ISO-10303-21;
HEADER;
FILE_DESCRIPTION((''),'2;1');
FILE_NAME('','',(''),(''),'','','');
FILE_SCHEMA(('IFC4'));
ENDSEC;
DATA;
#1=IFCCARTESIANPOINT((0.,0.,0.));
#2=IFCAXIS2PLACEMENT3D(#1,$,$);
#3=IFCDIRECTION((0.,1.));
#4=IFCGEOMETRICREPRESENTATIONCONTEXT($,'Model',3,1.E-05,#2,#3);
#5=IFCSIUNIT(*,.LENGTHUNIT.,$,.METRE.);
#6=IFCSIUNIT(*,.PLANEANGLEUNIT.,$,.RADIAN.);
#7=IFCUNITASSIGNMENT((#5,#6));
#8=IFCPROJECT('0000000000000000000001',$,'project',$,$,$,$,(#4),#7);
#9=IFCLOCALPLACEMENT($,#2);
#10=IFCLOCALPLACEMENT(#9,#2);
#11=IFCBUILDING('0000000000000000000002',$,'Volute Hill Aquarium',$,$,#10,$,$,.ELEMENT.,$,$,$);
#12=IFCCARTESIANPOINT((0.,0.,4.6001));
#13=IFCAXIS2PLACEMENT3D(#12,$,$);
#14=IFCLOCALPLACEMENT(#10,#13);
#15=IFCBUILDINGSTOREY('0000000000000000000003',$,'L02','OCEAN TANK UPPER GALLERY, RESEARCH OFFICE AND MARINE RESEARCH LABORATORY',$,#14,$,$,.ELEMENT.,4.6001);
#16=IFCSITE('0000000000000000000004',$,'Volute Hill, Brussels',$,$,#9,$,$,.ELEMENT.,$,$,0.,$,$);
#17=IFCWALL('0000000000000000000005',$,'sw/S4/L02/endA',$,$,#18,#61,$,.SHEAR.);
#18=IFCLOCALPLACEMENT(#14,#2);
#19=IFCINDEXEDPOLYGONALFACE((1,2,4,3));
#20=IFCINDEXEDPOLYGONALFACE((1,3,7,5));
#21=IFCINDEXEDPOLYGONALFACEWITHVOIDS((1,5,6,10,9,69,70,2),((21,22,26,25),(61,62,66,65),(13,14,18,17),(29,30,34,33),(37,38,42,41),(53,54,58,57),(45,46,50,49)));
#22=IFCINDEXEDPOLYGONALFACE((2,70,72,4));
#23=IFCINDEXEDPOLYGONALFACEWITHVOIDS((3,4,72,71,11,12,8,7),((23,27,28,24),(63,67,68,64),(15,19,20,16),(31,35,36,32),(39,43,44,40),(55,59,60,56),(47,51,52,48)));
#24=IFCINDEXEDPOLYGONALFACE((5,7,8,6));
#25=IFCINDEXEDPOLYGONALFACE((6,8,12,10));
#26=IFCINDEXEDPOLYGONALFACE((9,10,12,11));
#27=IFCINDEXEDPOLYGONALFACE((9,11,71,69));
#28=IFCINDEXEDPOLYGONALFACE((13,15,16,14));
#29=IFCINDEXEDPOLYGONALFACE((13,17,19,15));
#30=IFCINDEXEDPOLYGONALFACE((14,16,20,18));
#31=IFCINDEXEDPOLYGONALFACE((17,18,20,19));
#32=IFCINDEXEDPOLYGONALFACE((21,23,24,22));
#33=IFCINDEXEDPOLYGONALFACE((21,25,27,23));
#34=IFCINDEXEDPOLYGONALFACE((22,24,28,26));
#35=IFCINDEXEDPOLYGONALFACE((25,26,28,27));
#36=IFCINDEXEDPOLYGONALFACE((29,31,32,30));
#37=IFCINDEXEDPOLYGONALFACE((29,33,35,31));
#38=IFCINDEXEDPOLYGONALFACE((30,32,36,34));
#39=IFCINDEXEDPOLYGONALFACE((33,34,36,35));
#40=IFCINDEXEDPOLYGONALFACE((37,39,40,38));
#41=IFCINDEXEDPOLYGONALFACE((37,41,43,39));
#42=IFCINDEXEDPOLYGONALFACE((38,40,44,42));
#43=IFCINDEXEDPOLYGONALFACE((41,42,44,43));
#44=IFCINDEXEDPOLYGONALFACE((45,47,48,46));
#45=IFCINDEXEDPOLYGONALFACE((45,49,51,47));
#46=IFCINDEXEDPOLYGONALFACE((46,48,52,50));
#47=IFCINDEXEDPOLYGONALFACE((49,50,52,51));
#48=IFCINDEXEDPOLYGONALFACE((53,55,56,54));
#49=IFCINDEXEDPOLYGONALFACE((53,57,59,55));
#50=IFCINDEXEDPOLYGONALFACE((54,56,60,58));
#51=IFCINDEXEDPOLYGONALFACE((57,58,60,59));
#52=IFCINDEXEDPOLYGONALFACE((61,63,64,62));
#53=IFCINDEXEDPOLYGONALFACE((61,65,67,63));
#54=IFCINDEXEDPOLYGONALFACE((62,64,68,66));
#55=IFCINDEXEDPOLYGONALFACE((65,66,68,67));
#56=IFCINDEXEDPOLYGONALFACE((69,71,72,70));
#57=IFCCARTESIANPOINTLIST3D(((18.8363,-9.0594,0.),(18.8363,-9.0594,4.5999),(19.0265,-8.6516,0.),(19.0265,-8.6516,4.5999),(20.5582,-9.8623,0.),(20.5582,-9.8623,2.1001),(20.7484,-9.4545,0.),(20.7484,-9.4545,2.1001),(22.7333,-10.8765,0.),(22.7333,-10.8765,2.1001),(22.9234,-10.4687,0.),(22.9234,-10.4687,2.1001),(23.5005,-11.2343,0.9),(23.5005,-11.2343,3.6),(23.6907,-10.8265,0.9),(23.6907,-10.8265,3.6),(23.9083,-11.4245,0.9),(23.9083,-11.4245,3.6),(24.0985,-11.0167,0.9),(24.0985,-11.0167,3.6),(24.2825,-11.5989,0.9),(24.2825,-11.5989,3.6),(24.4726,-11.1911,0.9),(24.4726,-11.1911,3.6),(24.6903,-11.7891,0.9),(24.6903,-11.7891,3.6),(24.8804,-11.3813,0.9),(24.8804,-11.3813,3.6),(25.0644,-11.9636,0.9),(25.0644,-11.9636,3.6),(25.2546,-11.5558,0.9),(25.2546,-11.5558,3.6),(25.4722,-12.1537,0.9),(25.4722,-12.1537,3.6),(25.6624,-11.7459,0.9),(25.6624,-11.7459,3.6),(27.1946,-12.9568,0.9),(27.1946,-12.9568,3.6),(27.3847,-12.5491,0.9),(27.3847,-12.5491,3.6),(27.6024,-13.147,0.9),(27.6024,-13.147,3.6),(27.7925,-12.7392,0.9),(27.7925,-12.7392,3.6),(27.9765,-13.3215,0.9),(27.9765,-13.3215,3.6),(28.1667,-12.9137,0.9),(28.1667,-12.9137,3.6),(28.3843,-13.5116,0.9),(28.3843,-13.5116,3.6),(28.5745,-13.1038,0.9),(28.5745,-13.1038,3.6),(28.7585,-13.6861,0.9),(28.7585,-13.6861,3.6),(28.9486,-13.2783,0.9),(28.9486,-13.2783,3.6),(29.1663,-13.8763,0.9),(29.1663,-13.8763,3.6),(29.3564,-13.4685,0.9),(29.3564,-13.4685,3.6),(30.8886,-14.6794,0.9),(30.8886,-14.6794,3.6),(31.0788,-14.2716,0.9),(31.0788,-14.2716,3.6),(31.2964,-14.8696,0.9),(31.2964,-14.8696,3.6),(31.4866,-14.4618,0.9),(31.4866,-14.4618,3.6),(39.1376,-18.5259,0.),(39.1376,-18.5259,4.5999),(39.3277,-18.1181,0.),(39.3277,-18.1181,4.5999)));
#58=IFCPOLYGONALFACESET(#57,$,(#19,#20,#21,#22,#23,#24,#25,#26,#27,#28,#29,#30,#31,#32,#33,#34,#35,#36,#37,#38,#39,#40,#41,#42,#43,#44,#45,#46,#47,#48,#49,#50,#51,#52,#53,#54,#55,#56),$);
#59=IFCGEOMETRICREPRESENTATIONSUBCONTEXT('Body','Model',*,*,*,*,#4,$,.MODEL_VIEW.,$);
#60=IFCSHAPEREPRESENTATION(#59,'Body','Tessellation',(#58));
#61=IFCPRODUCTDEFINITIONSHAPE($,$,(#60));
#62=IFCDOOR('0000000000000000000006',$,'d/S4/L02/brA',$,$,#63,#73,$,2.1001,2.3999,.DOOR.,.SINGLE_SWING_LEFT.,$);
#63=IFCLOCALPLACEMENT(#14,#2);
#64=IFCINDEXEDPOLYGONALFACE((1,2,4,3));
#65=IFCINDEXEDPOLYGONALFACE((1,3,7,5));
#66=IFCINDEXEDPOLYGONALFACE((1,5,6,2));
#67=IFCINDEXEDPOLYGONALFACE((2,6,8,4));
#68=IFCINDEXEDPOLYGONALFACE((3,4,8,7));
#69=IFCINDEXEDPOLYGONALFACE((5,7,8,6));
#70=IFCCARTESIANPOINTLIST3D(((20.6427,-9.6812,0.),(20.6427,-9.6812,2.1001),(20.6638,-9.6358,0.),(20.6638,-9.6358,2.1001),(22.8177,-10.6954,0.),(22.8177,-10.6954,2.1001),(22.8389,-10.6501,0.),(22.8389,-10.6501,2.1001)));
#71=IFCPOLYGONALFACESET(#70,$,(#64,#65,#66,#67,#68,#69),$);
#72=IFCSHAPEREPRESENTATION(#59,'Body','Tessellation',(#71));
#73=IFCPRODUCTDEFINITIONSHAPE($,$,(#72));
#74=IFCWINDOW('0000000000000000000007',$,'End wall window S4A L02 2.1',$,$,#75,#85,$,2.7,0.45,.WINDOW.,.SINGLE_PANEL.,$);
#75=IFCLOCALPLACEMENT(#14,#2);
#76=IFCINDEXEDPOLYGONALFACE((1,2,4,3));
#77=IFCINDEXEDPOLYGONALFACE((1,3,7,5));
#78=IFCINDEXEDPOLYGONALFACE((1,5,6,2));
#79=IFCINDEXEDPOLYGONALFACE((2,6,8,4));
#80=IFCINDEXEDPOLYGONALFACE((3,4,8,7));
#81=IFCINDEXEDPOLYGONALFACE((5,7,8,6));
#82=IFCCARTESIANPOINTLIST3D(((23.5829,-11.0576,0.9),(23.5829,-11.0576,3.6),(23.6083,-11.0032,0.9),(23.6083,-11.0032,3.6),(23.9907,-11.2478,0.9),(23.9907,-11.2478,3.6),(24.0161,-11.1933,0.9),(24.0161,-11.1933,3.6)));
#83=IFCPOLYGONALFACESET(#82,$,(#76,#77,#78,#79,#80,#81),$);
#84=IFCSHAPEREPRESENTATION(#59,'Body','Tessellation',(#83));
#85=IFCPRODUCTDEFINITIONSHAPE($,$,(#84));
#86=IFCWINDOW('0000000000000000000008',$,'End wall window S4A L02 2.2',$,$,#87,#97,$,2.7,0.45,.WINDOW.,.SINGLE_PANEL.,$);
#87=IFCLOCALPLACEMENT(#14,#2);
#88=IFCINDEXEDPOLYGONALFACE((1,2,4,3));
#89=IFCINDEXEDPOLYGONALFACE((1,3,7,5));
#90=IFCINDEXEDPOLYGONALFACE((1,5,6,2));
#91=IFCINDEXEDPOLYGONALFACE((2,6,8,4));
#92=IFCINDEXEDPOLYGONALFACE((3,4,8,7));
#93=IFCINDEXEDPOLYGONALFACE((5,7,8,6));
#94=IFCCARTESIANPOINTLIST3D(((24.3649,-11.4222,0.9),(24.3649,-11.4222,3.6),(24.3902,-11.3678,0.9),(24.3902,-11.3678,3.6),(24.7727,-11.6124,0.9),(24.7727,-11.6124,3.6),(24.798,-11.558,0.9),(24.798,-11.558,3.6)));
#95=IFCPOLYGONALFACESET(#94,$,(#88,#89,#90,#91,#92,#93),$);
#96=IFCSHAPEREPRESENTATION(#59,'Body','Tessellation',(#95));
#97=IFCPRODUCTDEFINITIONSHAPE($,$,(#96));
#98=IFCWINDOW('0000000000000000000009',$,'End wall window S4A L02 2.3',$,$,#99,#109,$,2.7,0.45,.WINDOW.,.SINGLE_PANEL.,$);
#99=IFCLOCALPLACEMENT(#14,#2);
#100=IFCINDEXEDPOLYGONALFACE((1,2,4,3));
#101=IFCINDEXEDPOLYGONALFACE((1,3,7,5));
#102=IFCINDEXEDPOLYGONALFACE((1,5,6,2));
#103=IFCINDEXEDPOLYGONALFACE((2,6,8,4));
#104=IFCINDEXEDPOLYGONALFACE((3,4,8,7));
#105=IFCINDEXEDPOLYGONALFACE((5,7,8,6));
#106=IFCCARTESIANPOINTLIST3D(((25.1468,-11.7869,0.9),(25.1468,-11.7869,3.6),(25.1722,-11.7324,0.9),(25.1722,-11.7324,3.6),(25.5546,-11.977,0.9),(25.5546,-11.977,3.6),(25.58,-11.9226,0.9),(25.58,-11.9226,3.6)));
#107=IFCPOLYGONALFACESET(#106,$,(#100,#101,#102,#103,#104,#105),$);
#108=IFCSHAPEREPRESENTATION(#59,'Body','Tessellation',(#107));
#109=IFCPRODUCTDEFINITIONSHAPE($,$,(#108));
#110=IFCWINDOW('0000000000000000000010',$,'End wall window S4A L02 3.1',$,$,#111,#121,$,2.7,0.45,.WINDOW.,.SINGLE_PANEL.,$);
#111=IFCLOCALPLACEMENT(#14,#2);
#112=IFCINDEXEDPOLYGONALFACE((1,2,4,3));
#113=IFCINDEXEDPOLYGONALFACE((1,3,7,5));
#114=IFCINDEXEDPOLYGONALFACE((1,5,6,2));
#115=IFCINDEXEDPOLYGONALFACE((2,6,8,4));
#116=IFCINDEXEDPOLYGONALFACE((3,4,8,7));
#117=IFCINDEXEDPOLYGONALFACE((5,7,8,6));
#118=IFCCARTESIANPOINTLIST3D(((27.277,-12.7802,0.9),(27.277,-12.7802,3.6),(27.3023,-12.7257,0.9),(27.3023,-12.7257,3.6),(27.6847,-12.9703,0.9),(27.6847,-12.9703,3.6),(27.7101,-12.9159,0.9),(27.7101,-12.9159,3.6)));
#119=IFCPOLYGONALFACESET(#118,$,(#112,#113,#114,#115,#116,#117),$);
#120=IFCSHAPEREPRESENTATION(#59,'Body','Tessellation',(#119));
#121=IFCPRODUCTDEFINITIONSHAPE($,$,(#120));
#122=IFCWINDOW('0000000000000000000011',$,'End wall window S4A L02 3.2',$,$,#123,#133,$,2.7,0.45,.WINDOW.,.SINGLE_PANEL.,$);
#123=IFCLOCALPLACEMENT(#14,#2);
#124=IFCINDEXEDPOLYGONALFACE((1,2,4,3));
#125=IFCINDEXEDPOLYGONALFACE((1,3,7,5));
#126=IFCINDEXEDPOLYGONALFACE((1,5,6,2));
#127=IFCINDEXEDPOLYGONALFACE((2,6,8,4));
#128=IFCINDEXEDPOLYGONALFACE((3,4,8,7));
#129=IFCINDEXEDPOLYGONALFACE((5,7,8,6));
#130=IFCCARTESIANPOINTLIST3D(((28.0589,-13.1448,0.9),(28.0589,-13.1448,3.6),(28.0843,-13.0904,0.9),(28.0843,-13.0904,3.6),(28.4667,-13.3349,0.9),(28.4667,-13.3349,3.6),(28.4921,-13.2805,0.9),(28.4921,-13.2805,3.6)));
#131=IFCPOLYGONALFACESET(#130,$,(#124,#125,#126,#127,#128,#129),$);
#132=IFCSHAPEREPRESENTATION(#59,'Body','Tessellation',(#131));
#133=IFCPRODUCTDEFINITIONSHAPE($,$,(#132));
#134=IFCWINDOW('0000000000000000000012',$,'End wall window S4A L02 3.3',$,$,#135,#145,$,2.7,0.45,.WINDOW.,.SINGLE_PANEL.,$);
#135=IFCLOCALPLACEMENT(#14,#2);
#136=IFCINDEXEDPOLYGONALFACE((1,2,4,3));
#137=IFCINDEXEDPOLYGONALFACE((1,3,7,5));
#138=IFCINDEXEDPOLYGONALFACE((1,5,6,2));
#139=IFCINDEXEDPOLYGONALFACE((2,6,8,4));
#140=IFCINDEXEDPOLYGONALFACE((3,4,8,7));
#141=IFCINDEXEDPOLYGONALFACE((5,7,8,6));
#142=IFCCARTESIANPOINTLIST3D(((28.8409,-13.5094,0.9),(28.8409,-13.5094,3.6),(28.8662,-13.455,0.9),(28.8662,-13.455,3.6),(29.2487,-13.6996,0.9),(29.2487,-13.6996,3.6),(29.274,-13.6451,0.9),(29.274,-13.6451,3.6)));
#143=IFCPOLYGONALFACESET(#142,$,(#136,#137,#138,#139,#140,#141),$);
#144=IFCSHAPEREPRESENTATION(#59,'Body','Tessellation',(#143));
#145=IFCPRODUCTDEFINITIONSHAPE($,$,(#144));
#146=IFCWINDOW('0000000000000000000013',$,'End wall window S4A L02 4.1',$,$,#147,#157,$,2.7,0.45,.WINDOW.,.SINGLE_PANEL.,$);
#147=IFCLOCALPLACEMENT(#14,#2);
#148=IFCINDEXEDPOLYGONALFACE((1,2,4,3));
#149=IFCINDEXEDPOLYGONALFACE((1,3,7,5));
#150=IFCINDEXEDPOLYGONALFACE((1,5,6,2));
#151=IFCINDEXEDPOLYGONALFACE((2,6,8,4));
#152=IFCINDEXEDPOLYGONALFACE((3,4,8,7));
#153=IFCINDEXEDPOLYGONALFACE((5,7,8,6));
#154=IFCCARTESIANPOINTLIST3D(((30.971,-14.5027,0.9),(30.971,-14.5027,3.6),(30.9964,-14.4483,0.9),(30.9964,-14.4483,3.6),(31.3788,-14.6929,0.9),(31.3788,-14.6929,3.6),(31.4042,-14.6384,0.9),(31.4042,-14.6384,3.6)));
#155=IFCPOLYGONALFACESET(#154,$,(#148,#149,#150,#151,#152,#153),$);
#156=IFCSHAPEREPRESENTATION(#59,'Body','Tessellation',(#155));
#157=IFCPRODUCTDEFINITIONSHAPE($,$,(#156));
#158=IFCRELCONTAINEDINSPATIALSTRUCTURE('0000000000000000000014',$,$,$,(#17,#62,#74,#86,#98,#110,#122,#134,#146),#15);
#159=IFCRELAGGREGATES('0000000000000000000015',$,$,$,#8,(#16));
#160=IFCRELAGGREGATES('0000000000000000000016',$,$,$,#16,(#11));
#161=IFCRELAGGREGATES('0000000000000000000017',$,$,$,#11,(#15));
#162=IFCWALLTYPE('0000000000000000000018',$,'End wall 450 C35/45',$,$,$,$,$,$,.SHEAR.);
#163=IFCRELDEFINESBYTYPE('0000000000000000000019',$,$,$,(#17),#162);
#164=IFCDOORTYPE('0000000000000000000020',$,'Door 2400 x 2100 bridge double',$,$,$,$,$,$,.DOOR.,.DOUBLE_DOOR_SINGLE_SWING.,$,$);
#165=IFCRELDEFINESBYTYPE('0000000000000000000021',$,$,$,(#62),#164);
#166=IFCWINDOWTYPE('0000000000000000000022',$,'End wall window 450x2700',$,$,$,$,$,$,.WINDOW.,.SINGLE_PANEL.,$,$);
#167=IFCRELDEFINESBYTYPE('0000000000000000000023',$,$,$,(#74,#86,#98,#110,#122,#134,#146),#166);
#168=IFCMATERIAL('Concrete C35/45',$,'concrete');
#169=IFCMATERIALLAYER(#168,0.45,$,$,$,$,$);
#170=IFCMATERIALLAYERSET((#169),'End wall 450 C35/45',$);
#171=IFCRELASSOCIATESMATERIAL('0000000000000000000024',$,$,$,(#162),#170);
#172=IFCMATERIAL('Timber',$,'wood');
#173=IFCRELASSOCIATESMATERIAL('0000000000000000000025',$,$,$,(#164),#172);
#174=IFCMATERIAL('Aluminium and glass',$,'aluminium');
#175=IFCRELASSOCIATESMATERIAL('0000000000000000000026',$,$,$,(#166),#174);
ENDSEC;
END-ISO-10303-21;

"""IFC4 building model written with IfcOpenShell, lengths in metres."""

from ifc_helpers import new_model, si_unit, direction, frame, frame_2d, origin, place, context, subcontext, project, spatial, rectangle, extrude, material, layer, layer_set, type_object, element, fill, save


model = new_model("IFC4")

# Units and contexts
model_context = context("Model", 3, precision=1e-05, world=origin(), true_north=direction((0.0, 1.0)))
body_context = subcontext(model_context, "Body", "Model", "MODEL_VIEW")
ifc_project = project(units=[si_unit("LENGTHUNIT", "METRE"), si_unit("PLANEANGLEUNIT", "RADIAN")], contexts=[model_context])

# Site, building, storey
site_placement = place(None, origin())
site = spatial("IfcSite", under=ifc_project, at=site_placement, Name="Volute Hill, Brussels", CompositionType="ELEMENT", RefElevation=0.0)
building_placement = place(site_placement, origin())
building = spatial("IfcBuilding", under=site, at=building_placement, Name="Volute Hill Aquarium", CompositionType="ELEMENT")
storey_placement = place(building_placement, frame((0.0, 0.0, 4.6001)))
storey = spatial("IfcBuildingStorey", under=building, at=storey_placement, Name="L02", Description="OCEAN TANK UPPER GALLERY, RESEARCH OFFICE AND MARINE RESEARCH LABORATORY", CompositionType="ELEMENT", Elevation=4.6001)

# Wall, openings, door, windows
ifc_material_1 = material(Name="Concrete C35/45", Category="concrete")
ifc_layer_1 = layer(ifc_material_1, 0.45)
ifc_layer_set_1 = layer_set([ifc_layer_1], Name="End wall 450 C35/45")
wall_type_1 = type_object("IfcWallType", Name="End wall 450 C35/45", PredefinedType="SHEAR", material=ifc_layer_set_1)
wall_1_placement = place(storey_placement, frame((18.9314, -8.8555, 0.0), z_axis=(0.0, 0.0, 1.0), x_axis=(0.906309, -0.422615, 0.0)))
wall_1 = element("IfcWall", 1, at=wall_1_placement, inside=storey, type_object=wall_type_1, Name="sw/S4/L02/endA", PredefinedType="SHEAR", context=body_context, shape_type="SweptSolid", body=[
    extrude(rectangle(XDim=22.3999, YDim=0.45, at=frame_2d((11.2, 0.0))), origin(), (0.0, 0.0, 1.0), 4.5999),
])
opening_1_placement = place(wall_1_placement, frame((5.1462, 0.0, 0.8999)))
opening_1 = element("IfcOpeningElement", 2, at=opening_1_placement, cuts=wall_1, PredefinedType="OPENING", context=body_context, shape_type="SweptSolid", body=[
    extrude(rectangle(XDim=0.45, YDim=2.7, at=frame_2d((0.2251, 1.3501))), frame((0.0, 0.2349, 0.0), z_axis=(0.0, -1.0, 0.0), x_axis=(1.0, 0.0, 0.0)), (0.0, 0.0, 1.0), 0.47),
])
opening_2_placement = place(wall_1_placement, frame((6.009, 0.0, 0.8999)))
opening_2 = element("IfcOpeningElement", 3, at=opening_2_placement, cuts=wall_1, PredefinedType="OPENING", context=body_context, shape_type="SweptSolid", body=[
    extrude(rectangle(XDim=0.45, YDim=2.7, at=frame_2d((0.2251, 1.3501))), frame((0.0, 0.2349, 0.0), z_axis=(0.0, -1.0, 0.0), x_axis=(1.0, 0.0, 0.0)), (0.0, 0.0, 1.0), 0.47),
])
opening_3_placement = place(wall_1_placement, frame((6.8718, 0.0, 0.8999)))
opening_3 = element("IfcOpeningElement", 4, at=opening_3_placement, cuts=wall_1, PredefinedType="OPENING", context=body_context, shape_type="SweptSolid", body=[
    extrude(rectangle(XDim=0.45, YDim=2.7, at=frame_2d((0.2251, 1.3501))), frame((0.0, 0.2349, 0.0), z_axis=(0.0, -1.0, 0.0), x_axis=(1.0, 0.0, 0.0)), (0.0, 0.0, 1.0), 0.47),
])
opening_4_placement = place(wall_1_placement, frame((9.2222, 0.0, 0.8999)))
opening_4 = element("IfcOpeningElement", 5, at=opening_4_placement, cuts=wall_1, PredefinedType="OPENING", context=body_context, shape_type="SweptSolid", body=[
    extrude(rectangle(XDim=0.45, YDim=2.7, at=frame_2d((0.2251, 1.3501))), frame((0.0, 0.2349, 0.0), z_axis=(0.0, -1.0, 0.0), x_axis=(1.0, 0.0, 0.0)), (0.0, 0.0, 1.0), 0.47),
])
opening_5_placement = place(wall_1_placement, frame((10.085, 0.0, 0.8999)))
opening_5 = element("IfcOpeningElement", 6, at=opening_5_placement, cuts=wall_1, PredefinedType="OPENING", context=body_context, shape_type="SweptSolid", body=[
    extrude(rectangle(XDim=0.45, YDim=2.7, at=frame_2d((0.2251, 1.3501))), frame((0.0, 0.2349, 0.0), z_axis=(0.0, -1.0, 0.0), x_axis=(1.0, 0.0, 0.0)), (0.0, 0.0, 1.0), 0.47),
])
opening_6_placement = place(wall_1_placement, frame((10.9478, 0.0, 0.8999)))
opening_6 = element("IfcOpeningElement", 7, at=opening_6_placement, cuts=wall_1, PredefinedType="OPENING", context=body_context, shape_type="SweptSolid", body=[
    extrude(rectangle(XDim=0.45, YDim=2.7, at=frame_2d((0.2251, 1.3501))), frame((0.0, 0.2349, 0.0), z_axis=(0.0, -1.0, 0.0), x_axis=(1.0, 0.0, 0.0)), (0.0, 0.0, 1.0), 0.47),
])
opening_7_placement = place(wall_1_placement, frame((13.2981, 0.0, 0.8999)))
opening_7 = element("IfcOpeningElement", 8, at=opening_7_placement, cuts=wall_1, PredefinedType="OPENING", context=body_context, shape_type="SweptSolid", body=[
    extrude(rectangle(XDim=0.45, YDim=2.7, at=frame_2d((0.2251, 1.3501))), frame((0.0, 0.2349, 0.0), z_axis=(0.0, -1.0, 0.0), x_axis=(1.0, 0.0, 0.0)), (0.0, 0.0, 1.0), 0.47),
])
opening_8_placement = place(wall_1_placement, frame((1.8999, 0.0, 0.0)))
opening_8 = element("IfcOpeningElement", 9, at=opening_8_placement, cuts=wall_1, PredefinedType="OPENING", context=body_context, shape_type="SweptSolid", body=[
    extrude(rectangle(XDim=2.3999, YDim=2.1001, at=frame_2d((1.2, 1.05))), frame((0.0, 0.2349, 0.0), z_axis=(0.0, -1.0, 0.0), x_axis=(1.0, 0.0, 0.0)), (0.0, 0.0, 1.0), 0.47),
])
ifc_material_2 = material(Name="Timber", Category="wood")
door_type_1 = type_object("IfcDoorType", Name="Door 2400 x 2100 bridge double", OperationType="DOUBLE_DOOR_SINGLE_SWING", PredefinedType="DOOR", material=ifc_material_2)
door_1_placement = place(opening_8_placement, origin())
door_1 = element("IfcDoor", 10, at=door_1_placement, inside=storey, type_object=door_type_1, Name="d/S4/L02/brA", OperationType="SINGLE_SWING_LEFT", OverallHeight=2.1001, OverallWidth=2.3999, PredefinedType="DOOR", context=body_context, shape_type="SweptSolid", body=[
    extrude(rectangle(XDim=2.3999, YDim=2.1001, at=frame_2d((1.2, 1.05))), frame((0.0, 0.0249, 0.0), z_axis=(0.0, -1.0, 0.0), x_axis=(1.0, 0.0, 0.0)), (0.0, 0.0, 1.0), 0.05),
])
fill(opening_8, door_1)
ifc_material_3 = material(Name="Aluminium and glass", Category="aluminium")
window_type = type_object("IfcWindowType", Name="End wall window 450x2700", PartitioningType="SINGLE_PANEL", PredefinedType="WINDOW", material=ifc_material_3)
window_1_placement = place(opening_1_placement, origin())
window_1 = element("IfcWindow", 11, at=window_1_placement, inside=storey, type_object=window_type, Name="End wall window S4A L02 2.1", OverallHeight=2.7, OverallWidth=0.45, PartitioningType="SINGLE_PANEL", PredefinedType="WINDOW", context=body_context, shape_type="SweptSolid", body=[
    extrude(rectangle(XDim=0.45, YDim=2.7, at=frame_2d((0.2251, 1.3501))), frame((0.0, 0.03, 0.0), z_axis=(0.0, -1.0, 0.0), x_axis=(1.0, 0.0, 0.0)), (0.0, 0.0, 1.0), 0.0601),
])
fill(opening_1, window_1)
window_2_placement = place(opening_2_placement, origin())
window_2 = element("IfcWindow", 12, at=window_2_placement, inside=storey, type_object=window_type, Name="End wall window S4A L02 2.2", OverallHeight=2.7, OverallWidth=0.45, PartitioningType="SINGLE_PANEL", PredefinedType="WINDOW", context=body_context, shape_type="SweptSolid", body=[
    extrude(rectangle(XDim=0.45, YDim=2.7, at=frame_2d((0.2251, 1.3501))), frame((0.0, 0.03, 0.0), z_axis=(0.0, -1.0, 0.0), x_axis=(1.0, 0.0, 0.0)), (0.0, 0.0, 1.0), 0.0601),
])
fill(opening_2, window_2)
window_3_placement = place(opening_3_placement, origin())
window_3 = element("IfcWindow", 13, at=window_3_placement, inside=storey, type_object=window_type, Name="End wall window S4A L02 2.3", OverallHeight=2.7, OverallWidth=0.45, PartitioningType="SINGLE_PANEL", PredefinedType="WINDOW", context=body_context, shape_type="SweptSolid", body=[
    extrude(rectangle(XDim=0.45, YDim=2.7, at=frame_2d((0.2251, 1.3501))), frame((0.0, 0.03, 0.0), z_axis=(0.0, -1.0, 0.0), x_axis=(1.0, 0.0, 0.0)), (0.0, 0.0, 1.0), 0.0601),
])
fill(opening_3, window_3)
window_4_placement = place(opening_4_placement, origin())
window_4 = element("IfcWindow", 14, at=window_4_placement, inside=storey, type_object=window_type, Name="End wall window S4A L02 3.1", OverallHeight=2.7, OverallWidth=0.45, PartitioningType="SINGLE_PANEL", PredefinedType="WINDOW", context=body_context, shape_type="SweptSolid", body=[
    extrude(rectangle(XDim=0.45, YDim=2.7, at=frame_2d((0.2251, 1.3501))), frame((0.0, 0.03, 0.0), z_axis=(0.0, -1.0, 0.0), x_axis=(1.0, 0.0, 0.0)), (0.0, 0.0, 1.0), 0.0601),
])
fill(opening_4, window_4)
window_5_placement = place(opening_5_placement, origin())
window_5 = element("IfcWindow", 15, at=window_5_placement, inside=storey, type_object=window_type, Name="End wall window S4A L02 3.2", OverallHeight=2.7, OverallWidth=0.45, PartitioningType="SINGLE_PANEL", PredefinedType="WINDOW", context=body_context, shape_type="SweptSolid", body=[
    extrude(rectangle(XDim=0.45, YDim=2.7, at=frame_2d((0.2251, 1.3501))), frame((0.0, 0.03, 0.0), z_axis=(0.0, -1.0, 0.0), x_axis=(1.0, 0.0, 0.0)), (0.0, 0.0, 1.0), 0.0601),
])
fill(opening_5, window_5)
window_6_placement = place(opening_6_placement, origin())
window_6 = element("IfcWindow", 16, at=window_6_placement, inside=storey, type_object=window_type, Name="End wall window S4A L02 3.3", OverallHeight=2.7, OverallWidth=0.45, PartitioningType="SINGLE_PANEL", PredefinedType="WINDOW", context=body_context, shape_type="SweptSolid", body=[
    extrude(rectangle(XDim=0.45, YDim=2.7, at=frame_2d((0.2251, 1.3501))), frame((0.0, 0.03, 0.0), z_axis=(0.0, -1.0, 0.0), x_axis=(1.0, 0.0, 0.0)), (0.0, 0.0, 1.0), 0.0601),
])
fill(opening_6, window_6)
window_7_placement = place(opening_7_placement, origin())
window_7 = element("IfcWindow", 17, at=window_7_placement, inside=storey, type_object=window_type, Name="End wall window S4A L02 4.1", OverallHeight=2.7, OverallWidth=0.45, PartitioningType="SINGLE_PANEL", PredefinedType="WINDOW", context=body_context, shape_type="SweptSolid", body=[
    extrude(rectangle(XDim=0.45, YDim=2.7, at=frame_2d((0.2251, 1.3501))), frame((0.0, 0.03, 0.0), z_axis=(0.0, -1.0, 0.0), x_axis=(1.0, 0.0, 0.0)), (0.0, 0.0, 1.0), 0.0601),
])
fill(opening_7, window_7)

save(model, "model.ifc")
